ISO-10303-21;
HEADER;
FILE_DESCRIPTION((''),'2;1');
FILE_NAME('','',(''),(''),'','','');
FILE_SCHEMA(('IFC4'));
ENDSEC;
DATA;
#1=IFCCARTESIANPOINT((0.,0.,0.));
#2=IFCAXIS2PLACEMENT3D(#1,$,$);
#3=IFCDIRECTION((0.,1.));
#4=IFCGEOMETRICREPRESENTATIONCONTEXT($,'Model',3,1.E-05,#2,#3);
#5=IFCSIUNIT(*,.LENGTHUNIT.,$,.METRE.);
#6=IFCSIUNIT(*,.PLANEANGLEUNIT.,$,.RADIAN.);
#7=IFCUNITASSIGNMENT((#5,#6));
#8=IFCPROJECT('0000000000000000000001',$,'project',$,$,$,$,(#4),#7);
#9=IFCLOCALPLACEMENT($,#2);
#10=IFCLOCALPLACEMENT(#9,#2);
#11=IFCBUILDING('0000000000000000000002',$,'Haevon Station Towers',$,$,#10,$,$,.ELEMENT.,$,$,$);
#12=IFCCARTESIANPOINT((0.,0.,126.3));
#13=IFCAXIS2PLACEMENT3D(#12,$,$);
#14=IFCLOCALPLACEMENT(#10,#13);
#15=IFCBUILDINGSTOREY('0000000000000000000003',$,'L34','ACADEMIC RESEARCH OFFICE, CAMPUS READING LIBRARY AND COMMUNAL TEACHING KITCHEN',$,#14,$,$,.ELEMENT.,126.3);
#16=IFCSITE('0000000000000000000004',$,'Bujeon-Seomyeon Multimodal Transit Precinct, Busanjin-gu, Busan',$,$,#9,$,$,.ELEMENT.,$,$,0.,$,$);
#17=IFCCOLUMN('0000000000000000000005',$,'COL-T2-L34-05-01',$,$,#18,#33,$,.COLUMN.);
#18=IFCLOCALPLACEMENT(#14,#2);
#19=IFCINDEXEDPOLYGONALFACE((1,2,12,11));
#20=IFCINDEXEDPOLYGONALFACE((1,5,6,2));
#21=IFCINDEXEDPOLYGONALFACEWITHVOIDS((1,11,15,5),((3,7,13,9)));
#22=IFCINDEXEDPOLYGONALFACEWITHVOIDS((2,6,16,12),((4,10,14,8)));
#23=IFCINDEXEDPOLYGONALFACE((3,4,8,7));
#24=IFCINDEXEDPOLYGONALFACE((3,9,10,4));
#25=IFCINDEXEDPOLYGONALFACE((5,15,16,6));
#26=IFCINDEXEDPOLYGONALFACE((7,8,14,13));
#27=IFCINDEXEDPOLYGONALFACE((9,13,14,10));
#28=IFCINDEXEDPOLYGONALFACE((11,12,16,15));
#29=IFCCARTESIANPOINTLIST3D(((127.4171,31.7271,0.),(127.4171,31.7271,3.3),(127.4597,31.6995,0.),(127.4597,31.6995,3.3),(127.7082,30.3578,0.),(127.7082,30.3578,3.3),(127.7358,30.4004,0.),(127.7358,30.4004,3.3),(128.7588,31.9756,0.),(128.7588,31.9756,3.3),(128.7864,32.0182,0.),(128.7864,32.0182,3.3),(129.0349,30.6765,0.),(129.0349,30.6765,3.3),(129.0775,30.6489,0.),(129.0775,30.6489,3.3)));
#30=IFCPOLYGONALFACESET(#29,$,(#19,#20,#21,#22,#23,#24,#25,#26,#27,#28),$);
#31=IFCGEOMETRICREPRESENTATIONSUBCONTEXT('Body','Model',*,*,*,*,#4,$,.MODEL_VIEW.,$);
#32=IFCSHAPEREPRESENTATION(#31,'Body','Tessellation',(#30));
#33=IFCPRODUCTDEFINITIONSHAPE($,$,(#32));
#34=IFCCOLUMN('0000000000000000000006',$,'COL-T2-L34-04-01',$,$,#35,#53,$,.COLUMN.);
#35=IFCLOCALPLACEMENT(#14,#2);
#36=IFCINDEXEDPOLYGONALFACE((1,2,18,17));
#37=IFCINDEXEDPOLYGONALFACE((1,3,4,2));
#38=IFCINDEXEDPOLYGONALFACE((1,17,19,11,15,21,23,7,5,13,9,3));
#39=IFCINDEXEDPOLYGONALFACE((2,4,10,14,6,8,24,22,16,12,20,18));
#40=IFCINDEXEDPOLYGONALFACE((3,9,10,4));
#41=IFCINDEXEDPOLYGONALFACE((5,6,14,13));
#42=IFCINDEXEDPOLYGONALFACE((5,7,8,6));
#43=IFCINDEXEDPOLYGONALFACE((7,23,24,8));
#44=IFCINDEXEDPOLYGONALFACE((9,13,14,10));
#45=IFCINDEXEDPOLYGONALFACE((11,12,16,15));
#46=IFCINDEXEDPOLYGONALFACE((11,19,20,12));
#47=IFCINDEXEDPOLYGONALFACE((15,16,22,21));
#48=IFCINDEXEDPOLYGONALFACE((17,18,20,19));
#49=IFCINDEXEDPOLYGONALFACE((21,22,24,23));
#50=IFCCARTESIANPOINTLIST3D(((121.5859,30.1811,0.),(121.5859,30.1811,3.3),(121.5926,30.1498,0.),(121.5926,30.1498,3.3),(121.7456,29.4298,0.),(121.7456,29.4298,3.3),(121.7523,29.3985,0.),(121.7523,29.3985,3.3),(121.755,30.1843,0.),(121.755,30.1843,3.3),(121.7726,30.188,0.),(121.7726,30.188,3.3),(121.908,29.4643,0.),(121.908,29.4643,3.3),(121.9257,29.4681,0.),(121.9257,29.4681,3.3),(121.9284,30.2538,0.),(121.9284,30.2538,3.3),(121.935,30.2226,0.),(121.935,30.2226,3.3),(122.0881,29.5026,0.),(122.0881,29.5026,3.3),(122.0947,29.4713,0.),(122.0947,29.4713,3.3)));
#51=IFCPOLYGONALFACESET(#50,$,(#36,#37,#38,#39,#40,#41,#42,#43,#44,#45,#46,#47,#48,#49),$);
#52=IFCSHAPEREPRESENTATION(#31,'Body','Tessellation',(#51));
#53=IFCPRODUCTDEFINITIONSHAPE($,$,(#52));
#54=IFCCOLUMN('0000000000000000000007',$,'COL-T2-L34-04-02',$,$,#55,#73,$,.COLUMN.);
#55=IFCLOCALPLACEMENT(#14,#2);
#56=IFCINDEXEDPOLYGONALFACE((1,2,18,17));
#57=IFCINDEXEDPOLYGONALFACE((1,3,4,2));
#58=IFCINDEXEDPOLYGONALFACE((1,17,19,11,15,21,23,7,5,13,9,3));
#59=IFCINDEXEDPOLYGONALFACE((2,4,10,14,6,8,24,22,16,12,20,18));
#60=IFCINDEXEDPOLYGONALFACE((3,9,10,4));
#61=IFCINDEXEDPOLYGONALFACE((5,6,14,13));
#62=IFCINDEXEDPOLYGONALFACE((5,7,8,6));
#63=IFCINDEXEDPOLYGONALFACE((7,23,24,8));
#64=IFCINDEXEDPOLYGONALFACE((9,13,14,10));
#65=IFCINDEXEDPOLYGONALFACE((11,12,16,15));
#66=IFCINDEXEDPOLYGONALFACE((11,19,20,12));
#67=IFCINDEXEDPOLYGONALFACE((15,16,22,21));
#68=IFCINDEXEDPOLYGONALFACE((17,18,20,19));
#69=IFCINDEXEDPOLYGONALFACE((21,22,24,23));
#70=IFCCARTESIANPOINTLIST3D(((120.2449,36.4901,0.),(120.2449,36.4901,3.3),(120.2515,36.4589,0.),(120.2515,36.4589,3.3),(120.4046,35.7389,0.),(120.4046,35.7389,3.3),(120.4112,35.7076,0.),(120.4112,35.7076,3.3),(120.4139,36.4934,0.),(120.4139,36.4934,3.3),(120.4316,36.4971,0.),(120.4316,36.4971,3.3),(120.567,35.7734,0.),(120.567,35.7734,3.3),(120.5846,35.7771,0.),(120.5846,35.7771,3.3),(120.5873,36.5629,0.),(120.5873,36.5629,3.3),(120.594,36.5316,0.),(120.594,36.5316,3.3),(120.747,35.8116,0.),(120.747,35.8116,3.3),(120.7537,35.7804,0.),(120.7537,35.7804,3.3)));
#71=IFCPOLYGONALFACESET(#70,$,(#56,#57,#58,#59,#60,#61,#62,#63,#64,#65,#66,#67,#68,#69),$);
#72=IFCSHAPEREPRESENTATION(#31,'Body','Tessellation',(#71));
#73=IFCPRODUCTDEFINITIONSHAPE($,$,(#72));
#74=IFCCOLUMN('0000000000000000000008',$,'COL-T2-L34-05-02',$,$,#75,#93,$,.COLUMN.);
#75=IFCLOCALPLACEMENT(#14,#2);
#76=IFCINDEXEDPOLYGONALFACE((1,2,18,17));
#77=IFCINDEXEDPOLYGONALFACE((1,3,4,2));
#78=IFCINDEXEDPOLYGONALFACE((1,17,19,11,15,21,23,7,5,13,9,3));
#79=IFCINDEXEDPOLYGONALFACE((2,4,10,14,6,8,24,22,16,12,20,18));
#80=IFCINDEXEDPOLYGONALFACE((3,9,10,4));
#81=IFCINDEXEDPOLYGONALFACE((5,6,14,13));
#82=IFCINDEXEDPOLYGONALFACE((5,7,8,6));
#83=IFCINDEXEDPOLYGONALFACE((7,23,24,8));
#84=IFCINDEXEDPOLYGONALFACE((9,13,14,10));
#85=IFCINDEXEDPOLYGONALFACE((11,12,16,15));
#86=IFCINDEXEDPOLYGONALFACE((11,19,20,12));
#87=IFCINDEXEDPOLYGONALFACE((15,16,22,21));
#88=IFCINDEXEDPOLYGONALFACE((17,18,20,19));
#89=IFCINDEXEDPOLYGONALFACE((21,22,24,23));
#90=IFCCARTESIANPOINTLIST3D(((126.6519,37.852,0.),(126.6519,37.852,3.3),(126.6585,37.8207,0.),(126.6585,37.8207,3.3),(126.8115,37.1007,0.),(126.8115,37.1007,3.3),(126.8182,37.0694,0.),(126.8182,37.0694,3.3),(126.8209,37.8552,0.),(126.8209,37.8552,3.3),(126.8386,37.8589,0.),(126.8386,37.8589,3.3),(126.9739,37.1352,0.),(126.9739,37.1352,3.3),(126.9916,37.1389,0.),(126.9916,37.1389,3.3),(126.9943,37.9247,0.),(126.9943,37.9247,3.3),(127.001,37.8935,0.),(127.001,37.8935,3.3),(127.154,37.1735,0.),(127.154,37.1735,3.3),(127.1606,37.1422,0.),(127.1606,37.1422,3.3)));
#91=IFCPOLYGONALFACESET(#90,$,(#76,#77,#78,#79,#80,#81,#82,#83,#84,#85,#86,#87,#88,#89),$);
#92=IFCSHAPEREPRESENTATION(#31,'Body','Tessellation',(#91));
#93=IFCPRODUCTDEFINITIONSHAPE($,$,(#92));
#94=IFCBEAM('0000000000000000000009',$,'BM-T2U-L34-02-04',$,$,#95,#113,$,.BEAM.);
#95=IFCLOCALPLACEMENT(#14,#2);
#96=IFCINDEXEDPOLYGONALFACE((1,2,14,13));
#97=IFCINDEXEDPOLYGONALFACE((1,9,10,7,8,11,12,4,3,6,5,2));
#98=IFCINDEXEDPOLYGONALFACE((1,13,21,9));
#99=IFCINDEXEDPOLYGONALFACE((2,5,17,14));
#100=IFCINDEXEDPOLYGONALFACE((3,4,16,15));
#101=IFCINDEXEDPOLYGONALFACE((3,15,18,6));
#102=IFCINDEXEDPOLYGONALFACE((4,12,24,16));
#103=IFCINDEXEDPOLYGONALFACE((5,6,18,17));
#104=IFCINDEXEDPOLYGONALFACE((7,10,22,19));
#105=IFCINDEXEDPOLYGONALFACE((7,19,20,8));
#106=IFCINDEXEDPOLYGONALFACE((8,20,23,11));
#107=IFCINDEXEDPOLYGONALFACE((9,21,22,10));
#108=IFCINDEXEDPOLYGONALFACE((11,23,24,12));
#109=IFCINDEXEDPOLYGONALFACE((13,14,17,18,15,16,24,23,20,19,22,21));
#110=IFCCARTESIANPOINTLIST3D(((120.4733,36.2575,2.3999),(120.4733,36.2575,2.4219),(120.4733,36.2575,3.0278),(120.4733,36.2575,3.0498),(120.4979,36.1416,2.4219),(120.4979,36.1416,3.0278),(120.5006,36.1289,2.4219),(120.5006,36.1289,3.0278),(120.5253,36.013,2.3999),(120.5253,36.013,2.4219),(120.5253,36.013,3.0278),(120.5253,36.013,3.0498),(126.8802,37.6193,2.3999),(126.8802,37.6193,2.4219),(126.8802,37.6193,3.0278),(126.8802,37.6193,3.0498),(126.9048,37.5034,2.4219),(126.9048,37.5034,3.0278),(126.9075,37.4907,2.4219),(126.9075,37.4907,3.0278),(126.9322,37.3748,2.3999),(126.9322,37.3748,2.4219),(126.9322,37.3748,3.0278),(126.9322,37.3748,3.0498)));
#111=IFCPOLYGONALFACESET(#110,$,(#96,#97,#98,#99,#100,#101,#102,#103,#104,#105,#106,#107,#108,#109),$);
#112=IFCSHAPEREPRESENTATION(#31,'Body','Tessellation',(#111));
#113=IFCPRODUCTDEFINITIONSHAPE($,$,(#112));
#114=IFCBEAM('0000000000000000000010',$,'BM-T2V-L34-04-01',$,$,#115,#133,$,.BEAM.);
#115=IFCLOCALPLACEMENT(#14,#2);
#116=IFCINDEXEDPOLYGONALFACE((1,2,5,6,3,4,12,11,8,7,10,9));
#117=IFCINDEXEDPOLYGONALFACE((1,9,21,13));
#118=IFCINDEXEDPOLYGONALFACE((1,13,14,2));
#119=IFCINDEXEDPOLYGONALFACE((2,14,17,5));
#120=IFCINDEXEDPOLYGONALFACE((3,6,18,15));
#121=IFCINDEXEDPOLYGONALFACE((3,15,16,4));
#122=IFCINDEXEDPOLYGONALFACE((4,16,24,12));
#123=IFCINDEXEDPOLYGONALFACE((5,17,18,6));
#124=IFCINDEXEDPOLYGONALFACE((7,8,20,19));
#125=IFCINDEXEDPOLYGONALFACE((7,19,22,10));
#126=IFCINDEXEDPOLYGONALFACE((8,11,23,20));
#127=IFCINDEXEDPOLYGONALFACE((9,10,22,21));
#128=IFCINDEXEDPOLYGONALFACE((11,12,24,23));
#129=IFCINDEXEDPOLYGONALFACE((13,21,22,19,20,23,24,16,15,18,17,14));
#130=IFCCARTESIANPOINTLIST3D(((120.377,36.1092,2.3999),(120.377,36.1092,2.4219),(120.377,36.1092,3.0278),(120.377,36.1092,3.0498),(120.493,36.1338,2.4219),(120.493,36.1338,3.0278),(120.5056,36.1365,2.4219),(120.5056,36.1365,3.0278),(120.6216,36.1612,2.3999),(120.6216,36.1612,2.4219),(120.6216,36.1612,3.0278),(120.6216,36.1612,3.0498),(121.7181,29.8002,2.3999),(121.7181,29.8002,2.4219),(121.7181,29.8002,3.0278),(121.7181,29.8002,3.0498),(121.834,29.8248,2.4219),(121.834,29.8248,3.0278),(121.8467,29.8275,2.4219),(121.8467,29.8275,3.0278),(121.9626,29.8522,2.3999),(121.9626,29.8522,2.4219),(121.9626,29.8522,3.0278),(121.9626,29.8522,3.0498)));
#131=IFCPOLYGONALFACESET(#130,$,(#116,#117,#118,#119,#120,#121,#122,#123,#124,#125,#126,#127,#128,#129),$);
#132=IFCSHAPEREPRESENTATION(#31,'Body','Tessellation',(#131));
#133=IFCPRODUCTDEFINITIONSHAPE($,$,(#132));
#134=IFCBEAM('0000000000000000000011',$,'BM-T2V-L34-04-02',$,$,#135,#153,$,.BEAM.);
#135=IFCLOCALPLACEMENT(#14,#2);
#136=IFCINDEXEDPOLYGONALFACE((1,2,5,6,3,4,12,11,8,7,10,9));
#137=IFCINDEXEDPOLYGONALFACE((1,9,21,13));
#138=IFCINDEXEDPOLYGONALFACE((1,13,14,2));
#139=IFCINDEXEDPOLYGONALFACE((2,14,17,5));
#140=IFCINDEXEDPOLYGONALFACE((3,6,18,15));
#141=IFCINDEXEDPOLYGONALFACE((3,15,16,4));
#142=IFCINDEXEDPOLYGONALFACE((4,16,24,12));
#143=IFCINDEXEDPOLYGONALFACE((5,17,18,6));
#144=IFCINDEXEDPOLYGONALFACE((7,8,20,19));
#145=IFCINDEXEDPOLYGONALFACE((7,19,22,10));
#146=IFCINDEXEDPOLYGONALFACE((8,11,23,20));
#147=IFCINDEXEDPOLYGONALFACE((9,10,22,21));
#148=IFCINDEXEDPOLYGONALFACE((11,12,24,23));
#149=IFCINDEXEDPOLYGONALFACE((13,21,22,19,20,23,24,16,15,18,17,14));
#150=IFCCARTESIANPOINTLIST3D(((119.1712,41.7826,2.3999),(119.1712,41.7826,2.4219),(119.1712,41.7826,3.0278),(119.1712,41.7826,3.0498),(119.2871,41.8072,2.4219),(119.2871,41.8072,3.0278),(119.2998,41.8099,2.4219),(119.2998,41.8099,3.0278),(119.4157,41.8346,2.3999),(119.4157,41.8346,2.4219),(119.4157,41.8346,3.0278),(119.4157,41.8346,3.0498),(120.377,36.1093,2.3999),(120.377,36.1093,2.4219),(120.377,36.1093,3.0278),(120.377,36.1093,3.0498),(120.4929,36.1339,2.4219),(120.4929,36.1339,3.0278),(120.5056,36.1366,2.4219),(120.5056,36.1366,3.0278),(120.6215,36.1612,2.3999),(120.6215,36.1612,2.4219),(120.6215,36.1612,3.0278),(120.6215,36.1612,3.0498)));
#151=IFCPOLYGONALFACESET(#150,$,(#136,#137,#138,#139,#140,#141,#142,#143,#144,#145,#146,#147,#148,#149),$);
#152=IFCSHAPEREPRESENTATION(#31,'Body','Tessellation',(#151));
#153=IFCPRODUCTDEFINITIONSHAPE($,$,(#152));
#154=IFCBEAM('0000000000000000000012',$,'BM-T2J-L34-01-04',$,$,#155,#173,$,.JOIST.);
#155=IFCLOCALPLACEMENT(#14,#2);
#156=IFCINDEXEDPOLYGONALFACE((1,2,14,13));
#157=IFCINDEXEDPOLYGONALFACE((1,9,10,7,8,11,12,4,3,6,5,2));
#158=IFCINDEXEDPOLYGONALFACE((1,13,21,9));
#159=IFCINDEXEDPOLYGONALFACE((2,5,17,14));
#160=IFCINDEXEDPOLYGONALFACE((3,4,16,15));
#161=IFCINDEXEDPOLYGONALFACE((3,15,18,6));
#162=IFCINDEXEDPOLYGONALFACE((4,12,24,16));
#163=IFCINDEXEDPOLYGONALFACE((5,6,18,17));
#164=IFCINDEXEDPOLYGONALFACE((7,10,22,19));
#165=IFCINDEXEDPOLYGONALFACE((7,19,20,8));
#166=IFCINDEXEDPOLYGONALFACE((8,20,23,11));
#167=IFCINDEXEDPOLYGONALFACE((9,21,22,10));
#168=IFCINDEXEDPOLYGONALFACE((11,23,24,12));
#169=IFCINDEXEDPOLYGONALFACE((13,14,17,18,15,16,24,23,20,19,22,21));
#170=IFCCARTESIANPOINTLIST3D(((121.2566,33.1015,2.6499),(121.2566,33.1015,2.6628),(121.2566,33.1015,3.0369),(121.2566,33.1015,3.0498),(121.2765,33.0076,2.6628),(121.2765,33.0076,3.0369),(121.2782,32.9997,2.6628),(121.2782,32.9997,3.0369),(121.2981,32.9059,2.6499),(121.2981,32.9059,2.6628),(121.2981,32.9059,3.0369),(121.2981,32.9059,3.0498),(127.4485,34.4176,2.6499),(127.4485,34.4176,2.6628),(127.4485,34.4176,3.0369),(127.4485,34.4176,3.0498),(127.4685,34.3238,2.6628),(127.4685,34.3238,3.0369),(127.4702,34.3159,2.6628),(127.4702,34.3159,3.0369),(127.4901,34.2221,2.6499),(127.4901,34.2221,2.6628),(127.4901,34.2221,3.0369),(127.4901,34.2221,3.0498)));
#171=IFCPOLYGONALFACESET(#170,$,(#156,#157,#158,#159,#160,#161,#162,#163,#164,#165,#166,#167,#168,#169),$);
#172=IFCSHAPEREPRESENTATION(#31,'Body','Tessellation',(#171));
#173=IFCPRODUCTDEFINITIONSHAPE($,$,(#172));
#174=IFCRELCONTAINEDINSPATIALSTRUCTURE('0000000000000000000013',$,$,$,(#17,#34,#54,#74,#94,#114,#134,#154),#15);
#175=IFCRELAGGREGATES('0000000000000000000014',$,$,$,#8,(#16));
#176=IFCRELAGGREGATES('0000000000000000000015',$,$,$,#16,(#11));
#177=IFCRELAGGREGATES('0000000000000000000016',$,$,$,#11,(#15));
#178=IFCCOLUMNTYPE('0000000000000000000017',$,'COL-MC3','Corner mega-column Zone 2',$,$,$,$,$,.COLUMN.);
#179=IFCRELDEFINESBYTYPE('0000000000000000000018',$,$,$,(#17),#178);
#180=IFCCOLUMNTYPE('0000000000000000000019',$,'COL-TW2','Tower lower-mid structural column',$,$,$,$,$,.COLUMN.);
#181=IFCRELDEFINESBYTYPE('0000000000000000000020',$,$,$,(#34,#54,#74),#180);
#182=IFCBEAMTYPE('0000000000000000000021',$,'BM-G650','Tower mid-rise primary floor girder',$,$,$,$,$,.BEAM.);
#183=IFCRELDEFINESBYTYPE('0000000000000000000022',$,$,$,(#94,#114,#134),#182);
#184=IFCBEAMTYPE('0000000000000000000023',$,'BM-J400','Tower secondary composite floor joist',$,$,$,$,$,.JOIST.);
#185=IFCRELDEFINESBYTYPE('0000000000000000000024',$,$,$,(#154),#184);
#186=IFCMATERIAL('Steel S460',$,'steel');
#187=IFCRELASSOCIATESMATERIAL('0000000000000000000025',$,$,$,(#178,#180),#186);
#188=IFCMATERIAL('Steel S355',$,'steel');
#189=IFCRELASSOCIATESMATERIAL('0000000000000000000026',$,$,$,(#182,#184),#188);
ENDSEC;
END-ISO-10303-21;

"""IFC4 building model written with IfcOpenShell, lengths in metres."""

from ifc_helpers import new_model, si_unit, direction, frame, origin, origin_2d, place, context, subcontext, project, spatial, hollow_rectangle, i_section, extrude, material, material_profile, profile_set, type_object, element, save


model = new_model("IFC4")

# Units and contexts
model_context = context("Model", 3, precision=1e-05, world=origin(), true_north=direction((0.0, 1.0)))
body_context = subcontext(model_context, "Body", "Model", "MODEL_VIEW")
ifc_project = project(units=[si_unit("LENGTHUNIT", "METRE"), si_unit("PLANEANGLEUNIT", "RADIAN")], contexts=[model_context])

# Site, building, storey
site_placement = place(None, origin())
site = spatial("IfcSite", under=ifc_project, at=site_placement, Name="Bujeon-Seomyeon Multimodal Transit Precinct, Busanjin-gu, Busan", CompositionType="ELEMENT", RefElevation=0.0)
building_placement = place(site_placement, origin())
building = spatial("IfcBuilding", under=site, at=building_placement, Name="Haevon Station Towers", CompositionType="ELEMENT")
storey_placement = place(building_placement, frame((0.0, 0.0, 126.3)))
storey = spatial("IfcBuildingStorey", under=building, at=storey_placement, Name="L34", Description="ACADEMIC RESEARCH OFFICE, CAMPUS READING LIBRARY AND COMMUNAL TEACHING KITCHEN", CompositionType="ELEMENT", Elevation=126.3)

# Columns
ifc_material_1 = material(Name="Steel S460", Category="steel")
ifc_material_profile_1 = material_profile(ifc_material_1, hollow_rectangle(XDim=1.3999, YDim=1.3999, WallThickness=0.0359, at=origin_2d()), Name="BOX-1400x1400x36")
ifc_profile_set_1 = profile_set([ifc_material_profile_1], Name="Steel S460")
column_type_1 = type_object("IfcColumnType", Name="COL-MC3", Description="Corner mega-column Zone 2", PredefinedType="COLUMN", material=ifc_profile_set_1)
column_placement = place(storey_placement, frame((128.2473, 31.188, 0.0), z_axis=(0.0, 0.0, 1.0), x_axis=(0.978148, 0.207912, 0.0)))
element("IfcColumn", 1, at=column_placement, inside=storey, type_object=column_type_1, Name="COL-T2-L34-05-01", PredefinedType="COLUMN", context=body_context, shape_type="SweptSolid", body=[
    extrude(hollow_rectangle(XDim=1.3999, YDim=1.3999, WallThickness=0.0359, at=origin_2d()), origin(), (0.0, 0.0, 1.0), 3.3),
])
ifc_material_profile_2 = material_profile(ifc_material_1, i_section(OverallWidth=0.3501, OverallDepth=0.8, WebThickness=0.0181, FlangeThickness=0.032, at=origin_2d()), Name="H-800x350x18x32")
ifc_profile_set_2 = profile_set([ifc_material_profile_2], Name="Steel S460")
column_type_2 = type_object("IfcColumnType", Name="COL-TW2", Description="Tower lower-mid structural column", PredefinedType="COLUMN", material=ifc_profile_set_2)
for number, where, z_axis, x_axis, name in (
    (2, (121.8403, 29.8262, 0.0), (0.0, 0.0, 1.0), (0.978148, 0.207912, 0.0), "COL-T2-L34-04-01"),
    (3, (120.4993, 36.1353, 0.0), (0.0, 0.0, 1.0), (0.978148, 0.207912, 0.0), "COL-T2-L34-04-02"),
    (4, (126.9062, 37.4971, 0.0), (0.0, 0.0, 1.0), (0.978148, 0.207912, 0.0), "COL-T2-L34-05-02"),
):
    element("IfcColumn", number, at=place(storey_placement, frame(where, z_axis=z_axis, x_axis=x_axis)), inside=storey, type_object=column_type_2, Name=name, PredefinedType="COLUMN", context=body_context, shape_type="SweptSolid", body=[
        extrude(i_section(OverallWidth=0.3501, OverallDepth=0.8, WebThickness=0.0181, FlangeThickness=0.032, at=origin_2d()), origin(), (0.0, 0.0, 1.0), 3.3),
    ])

# Beams
ifc_material_2 = material(Name="Steel S355", Category="steel")
ifc_material_profile_3 = material_profile(ifc_material_2, i_section(OverallWidth=0.25, OverallDepth=0.6499, WebThickness=0.0129, FlangeThickness=0.022, at=origin_2d()), Name="H-650x250x13x22")
ifc_profile_set_3 = profile_set([ifc_material_profile_3], Name="Steel S355")
beam_type_1 = type_object("IfcBeamType", Name="BM-G650", Description="Tower mid-rise primary floor girder", PredefinedType="BEAM", material=ifc_profile_set_3)
beam_1_placement = place(storey_placement, frame((120.4993, 36.1353, 2.7249), z_axis=(0.978149, 0.207907, 0.0), x_axis=(-0.207907, 0.978149, 0.0)))
element("IfcBeam", 5, at=beam_1_placement, inside=storey, type_object=beam_type_1, Name="BM-T2U-L34-02-04", PredefinedType="BEAM", context=body_context, shape_type="SweptSolid", body=[
    extrude(i_section(OverallWidth=0.25, OverallDepth=0.6499, WebThickness=0.0129, FlangeThickness=0.022, at=origin_2d()), origin(), (0.0, 0.0, 1.0), 6.55),
])
beam_2_placement = place(storey_placement, frame((121.8403, 29.8262, 2.7249), z_axis=(-0.207916, 0.978147, 0.0), x_axis=(-0.978147, -0.207916, 0.0)))
element("IfcBeam", 6, at=beam_2_placement, inside=storey, type_object=beam_type_1, Name="BM-T2V-L34-04-01", PredefinedType="BEAM", context=body_context, shape_type="SweptSolid", body=[
    extrude(i_section(OverallWidth=0.25, OverallDepth=0.6499, WebThickness=0.0129, FlangeThickness=0.022, at=origin_2d()), origin(), (0.0, 0.0, 1.0), 6.45),
])
beam_3_placement = place(storey_placement, frame((120.4993, 36.1353, 2.7249), z_axis=(-0.207896, 0.978151, 0.0), x_axis=(-0.978151, -0.207896, 0.0)))
element("IfcBeam", 7, at=beam_3_placement, inside=storey, type_object=beam_type_1, Name="BM-T2V-L34-04-02", PredefinedType="BEAM", context=body_context, shape_type="SweptSolid", body=[
    extrude(i_section(OverallWidth=0.25, OverallDepth=0.6499, WebThickness=0.0129, FlangeThickness=0.022, at=origin_2d()), origin(), (0.0, 0.0, 1.0), 5.8),
])
ifc_material_profile_4 = material_profile(ifc_material_2, i_section(OverallWidth=0.2, OverallDepth=0.3999, WebThickness=0.0081, FlangeThickness=0.0129, at=origin_2d()), Name="H-400x200x8x13")
ifc_profile_set_4 = profile_set([ifc_material_profile_4], Name="Steel S355")
beam_type_2 = type_object("IfcBeamType", Name="BM-J400", Description="Tower secondary composite floor joist", PredefinedType="JOIST", material=ifc_profile_set_4)
beam_4_placement = place(storey_placement, frame((121.2773, 33.0037, 2.8499), z_axis=(0.978146, 0.207917, 0.0), x_axis=(-0.207917, 0.978146, 0.0)))
element("IfcBeam", 8, at=beam_4_placement, inside=storey, type_object=beam_type_2, Name="BM-T2J-L34-01-04", PredefinedType="JOIST", context=body_context, shape_type="SweptSolid", body=[
    extrude(i_section(OverallWidth=0.2, OverallDepth=0.3999, WebThickness=0.0081, FlangeThickness=0.0129, at=origin_2d()), origin(), (0.0, 0.0, 1.0), 6.3303),
])

save(model, "model.ifc")
